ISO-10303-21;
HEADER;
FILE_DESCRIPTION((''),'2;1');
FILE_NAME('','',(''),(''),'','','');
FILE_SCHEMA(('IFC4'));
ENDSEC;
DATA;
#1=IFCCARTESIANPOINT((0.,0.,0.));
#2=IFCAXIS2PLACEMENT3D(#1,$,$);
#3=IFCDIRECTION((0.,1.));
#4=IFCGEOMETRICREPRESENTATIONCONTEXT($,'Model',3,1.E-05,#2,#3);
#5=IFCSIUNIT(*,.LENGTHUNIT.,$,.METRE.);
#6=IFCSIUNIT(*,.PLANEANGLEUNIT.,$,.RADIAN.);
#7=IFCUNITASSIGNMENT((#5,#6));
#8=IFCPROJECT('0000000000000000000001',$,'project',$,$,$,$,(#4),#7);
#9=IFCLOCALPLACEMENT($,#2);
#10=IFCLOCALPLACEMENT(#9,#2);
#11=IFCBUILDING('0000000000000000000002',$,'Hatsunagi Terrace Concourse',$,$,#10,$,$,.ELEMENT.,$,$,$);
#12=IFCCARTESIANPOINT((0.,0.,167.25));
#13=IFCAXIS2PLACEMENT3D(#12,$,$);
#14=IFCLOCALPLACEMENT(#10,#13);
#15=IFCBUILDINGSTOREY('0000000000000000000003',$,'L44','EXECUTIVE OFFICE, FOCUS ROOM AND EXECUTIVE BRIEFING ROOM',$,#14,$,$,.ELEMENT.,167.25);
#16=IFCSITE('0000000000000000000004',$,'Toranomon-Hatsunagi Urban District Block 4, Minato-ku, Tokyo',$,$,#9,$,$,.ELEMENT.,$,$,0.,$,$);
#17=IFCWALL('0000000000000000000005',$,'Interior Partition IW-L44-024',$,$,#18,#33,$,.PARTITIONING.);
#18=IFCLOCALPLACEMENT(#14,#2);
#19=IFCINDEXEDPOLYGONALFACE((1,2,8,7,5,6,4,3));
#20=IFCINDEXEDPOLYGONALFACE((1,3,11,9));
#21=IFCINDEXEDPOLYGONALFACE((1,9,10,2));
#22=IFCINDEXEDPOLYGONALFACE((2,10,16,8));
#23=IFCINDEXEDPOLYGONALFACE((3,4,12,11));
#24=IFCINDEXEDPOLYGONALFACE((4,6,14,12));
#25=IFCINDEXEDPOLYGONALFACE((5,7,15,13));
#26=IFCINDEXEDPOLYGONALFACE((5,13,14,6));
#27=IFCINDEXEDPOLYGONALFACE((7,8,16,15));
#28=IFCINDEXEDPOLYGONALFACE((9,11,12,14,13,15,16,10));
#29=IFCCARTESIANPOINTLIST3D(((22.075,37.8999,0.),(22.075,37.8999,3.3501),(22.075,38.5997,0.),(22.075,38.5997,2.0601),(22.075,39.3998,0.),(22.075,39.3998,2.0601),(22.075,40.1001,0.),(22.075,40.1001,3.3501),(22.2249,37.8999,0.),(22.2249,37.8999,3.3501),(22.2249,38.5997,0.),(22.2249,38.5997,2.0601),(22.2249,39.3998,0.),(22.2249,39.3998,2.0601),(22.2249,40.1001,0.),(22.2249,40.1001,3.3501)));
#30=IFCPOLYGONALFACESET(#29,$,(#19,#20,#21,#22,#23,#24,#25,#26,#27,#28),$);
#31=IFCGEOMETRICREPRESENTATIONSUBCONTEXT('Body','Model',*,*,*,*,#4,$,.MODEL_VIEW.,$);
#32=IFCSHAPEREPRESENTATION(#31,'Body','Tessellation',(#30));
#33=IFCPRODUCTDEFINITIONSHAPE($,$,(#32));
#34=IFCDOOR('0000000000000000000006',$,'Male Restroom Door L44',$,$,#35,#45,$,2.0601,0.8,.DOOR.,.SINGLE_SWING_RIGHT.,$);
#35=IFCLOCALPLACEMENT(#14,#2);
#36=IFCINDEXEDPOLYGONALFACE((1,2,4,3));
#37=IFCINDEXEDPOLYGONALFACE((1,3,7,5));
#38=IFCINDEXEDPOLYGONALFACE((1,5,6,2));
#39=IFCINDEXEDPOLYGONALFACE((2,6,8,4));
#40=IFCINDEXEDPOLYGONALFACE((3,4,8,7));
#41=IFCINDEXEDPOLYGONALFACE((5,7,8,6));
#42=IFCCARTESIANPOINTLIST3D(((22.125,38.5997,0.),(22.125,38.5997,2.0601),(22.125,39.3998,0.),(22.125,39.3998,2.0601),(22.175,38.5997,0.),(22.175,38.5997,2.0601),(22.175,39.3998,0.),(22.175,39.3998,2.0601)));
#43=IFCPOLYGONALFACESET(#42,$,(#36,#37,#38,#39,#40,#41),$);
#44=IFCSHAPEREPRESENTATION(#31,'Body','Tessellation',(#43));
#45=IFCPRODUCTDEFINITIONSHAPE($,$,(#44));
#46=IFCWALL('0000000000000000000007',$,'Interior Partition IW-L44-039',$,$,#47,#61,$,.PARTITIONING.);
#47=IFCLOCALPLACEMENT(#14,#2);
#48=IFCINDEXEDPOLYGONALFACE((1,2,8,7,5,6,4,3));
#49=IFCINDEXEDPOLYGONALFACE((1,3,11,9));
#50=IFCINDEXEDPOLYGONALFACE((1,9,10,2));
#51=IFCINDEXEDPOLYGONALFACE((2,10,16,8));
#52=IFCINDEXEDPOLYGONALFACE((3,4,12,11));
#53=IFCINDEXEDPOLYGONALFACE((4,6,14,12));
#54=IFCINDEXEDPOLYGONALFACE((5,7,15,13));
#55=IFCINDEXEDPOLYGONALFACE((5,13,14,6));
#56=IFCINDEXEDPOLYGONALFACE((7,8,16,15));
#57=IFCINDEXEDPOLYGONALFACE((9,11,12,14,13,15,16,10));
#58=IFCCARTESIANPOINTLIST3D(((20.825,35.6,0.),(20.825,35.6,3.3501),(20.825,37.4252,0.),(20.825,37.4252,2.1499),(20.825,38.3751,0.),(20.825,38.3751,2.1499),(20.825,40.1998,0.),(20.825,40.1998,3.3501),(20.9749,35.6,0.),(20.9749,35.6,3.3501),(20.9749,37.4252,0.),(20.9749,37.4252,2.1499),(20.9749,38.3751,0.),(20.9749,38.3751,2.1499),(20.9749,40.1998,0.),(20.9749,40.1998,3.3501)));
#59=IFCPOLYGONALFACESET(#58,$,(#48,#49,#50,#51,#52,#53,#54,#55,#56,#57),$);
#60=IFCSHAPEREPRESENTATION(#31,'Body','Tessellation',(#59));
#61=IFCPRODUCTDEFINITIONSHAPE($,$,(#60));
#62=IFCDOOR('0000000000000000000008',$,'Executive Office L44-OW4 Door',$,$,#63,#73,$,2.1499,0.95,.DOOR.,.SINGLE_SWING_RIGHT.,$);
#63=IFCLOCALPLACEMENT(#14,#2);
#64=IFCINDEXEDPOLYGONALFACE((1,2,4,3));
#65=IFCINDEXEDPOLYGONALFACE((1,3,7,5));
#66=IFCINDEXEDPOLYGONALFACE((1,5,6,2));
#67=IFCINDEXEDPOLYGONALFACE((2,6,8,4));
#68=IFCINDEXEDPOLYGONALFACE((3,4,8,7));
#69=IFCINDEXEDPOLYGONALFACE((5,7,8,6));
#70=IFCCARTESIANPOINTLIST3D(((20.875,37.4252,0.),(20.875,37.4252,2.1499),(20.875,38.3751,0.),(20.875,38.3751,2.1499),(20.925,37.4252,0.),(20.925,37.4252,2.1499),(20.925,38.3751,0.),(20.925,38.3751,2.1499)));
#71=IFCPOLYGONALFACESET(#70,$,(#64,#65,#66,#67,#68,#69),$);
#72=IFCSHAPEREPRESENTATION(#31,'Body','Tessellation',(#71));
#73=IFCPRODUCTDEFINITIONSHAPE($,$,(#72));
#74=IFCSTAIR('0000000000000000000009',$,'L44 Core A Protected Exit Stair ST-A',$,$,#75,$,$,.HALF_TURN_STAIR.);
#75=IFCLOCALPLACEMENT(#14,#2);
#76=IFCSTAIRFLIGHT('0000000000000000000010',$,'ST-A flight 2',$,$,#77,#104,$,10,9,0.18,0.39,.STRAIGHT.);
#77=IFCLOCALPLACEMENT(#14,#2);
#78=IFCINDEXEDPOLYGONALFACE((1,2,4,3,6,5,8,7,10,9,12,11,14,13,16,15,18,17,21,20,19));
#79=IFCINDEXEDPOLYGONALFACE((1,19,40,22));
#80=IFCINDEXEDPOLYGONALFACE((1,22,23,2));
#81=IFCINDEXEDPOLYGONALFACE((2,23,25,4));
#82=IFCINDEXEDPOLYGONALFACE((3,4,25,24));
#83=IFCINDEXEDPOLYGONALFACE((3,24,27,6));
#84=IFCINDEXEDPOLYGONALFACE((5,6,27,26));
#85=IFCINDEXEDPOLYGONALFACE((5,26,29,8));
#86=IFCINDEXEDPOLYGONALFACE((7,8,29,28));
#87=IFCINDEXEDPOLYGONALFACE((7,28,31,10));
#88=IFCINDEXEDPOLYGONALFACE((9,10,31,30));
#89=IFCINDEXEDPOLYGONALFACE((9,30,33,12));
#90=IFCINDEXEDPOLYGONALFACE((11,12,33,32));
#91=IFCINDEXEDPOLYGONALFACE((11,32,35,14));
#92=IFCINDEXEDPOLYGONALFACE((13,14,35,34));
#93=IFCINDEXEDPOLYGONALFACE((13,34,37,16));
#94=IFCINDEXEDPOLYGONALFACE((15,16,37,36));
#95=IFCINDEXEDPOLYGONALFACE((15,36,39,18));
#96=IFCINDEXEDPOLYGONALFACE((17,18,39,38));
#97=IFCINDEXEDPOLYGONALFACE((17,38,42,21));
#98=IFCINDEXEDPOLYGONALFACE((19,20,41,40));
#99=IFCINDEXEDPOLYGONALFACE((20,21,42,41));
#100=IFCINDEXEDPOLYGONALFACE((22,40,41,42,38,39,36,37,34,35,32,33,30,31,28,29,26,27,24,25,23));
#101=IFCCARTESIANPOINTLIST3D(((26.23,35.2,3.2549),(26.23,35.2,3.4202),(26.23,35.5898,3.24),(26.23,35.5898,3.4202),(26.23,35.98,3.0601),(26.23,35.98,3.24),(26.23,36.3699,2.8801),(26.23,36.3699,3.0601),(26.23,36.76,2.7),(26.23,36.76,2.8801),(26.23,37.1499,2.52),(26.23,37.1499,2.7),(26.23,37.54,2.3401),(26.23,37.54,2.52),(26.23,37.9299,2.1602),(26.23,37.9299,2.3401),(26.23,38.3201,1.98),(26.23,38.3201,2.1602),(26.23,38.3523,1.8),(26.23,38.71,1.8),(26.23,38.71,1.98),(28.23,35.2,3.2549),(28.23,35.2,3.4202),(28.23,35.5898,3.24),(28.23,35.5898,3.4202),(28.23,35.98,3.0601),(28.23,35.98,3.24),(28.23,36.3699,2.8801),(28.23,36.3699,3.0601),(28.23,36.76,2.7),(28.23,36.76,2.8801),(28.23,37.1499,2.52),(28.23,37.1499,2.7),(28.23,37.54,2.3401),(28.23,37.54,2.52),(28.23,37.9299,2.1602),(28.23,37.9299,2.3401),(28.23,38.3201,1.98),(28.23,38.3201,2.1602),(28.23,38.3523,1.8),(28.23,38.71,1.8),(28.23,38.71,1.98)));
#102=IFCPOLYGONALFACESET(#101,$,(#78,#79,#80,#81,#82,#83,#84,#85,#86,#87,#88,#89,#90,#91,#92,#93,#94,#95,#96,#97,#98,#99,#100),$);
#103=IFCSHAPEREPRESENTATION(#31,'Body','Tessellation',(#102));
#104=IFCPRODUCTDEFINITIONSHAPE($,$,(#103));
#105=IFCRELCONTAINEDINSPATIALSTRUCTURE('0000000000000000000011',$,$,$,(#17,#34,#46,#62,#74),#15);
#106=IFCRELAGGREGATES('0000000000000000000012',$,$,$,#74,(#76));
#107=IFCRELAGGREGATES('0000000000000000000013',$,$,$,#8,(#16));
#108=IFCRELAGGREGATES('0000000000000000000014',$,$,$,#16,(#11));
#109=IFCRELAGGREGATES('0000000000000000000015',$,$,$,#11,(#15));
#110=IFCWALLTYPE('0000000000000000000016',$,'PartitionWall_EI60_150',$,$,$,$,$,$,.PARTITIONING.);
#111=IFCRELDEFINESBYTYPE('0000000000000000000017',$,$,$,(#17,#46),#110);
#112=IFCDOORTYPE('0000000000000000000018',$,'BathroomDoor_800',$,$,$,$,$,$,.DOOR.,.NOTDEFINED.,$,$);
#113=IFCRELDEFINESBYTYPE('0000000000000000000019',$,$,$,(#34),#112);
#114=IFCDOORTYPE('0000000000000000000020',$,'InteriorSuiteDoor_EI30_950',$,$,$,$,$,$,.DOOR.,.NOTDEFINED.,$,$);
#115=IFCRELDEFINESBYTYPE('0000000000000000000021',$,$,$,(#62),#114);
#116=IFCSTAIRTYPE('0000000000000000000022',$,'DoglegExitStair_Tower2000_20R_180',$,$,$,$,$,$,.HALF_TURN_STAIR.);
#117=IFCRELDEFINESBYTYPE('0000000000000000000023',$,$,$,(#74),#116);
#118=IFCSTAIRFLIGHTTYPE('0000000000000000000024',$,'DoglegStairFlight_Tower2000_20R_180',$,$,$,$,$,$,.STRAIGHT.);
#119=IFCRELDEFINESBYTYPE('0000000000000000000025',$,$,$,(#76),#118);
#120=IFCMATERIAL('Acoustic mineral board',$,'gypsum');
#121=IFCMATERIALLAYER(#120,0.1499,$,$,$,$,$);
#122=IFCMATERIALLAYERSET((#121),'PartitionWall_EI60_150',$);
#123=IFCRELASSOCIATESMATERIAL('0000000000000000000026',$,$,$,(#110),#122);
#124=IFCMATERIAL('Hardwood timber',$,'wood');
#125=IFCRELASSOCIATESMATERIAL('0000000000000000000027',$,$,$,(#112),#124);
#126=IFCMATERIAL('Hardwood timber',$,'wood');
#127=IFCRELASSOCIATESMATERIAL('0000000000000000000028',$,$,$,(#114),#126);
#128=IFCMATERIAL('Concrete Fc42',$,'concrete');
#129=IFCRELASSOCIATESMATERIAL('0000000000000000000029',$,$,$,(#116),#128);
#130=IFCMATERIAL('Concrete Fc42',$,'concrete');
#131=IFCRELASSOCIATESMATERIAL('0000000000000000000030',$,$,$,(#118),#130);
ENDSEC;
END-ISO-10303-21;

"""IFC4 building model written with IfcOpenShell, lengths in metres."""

from ifc_helpers import new_model, si_unit, direction, frame, frame_2d, origin, place, context, subcontext, project, spatial, polyline, rectangle, outline, extrude, material, layer, layer_set, type_object, element, fill, aggregate, save


model = new_model("IFC4")

# Units and contexts
model_context = context("Model", 3, precision=1e-05, world=origin(), true_north=direction((0.0, 1.0)))
body_context = subcontext(model_context, "Body", "Model", "MODEL_VIEW")
ifc_project = project(units=[si_unit("LENGTHUNIT", "METRE"), si_unit("PLANEANGLEUNIT", "RADIAN")], contexts=[model_context])

# Site, building, storey
site_placement = place(None, origin())
site = spatial("IfcSite", under=ifc_project, at=site_placement, Name="Toranomon-Hatsunagi Urban District Block 4, Minato-ku, Tokyo", CompositionType="ELEMENT", RefElevation=0.0)
building_placement = place(site_placement, origin())
building = spatial("IfcBuilding", under=site, at=building_placement, Name="Hatsunagi Terrace Concourse", CompositionType="ELEMENT")
storey_placement = place(building_placement, frame((0.0, 0.0, 167.25)))
storey = spatial("IfcBuildingStorey", under=building, at=storey_placement, Name="L44", Description="EXECUTIVE OFFICE, FOCUS ROOM AND EXECUTIVE BRIEFING ROOM", CompositionType="ELEMENT", Elevation=167.25)

# Shared definitions
ifc_material_1 = material(Name="Acoustic mineral board", Category="gypsum")
ifc_layer_1 = layer(ifc_material_1, 0.1499)
ifc_layer_set_1 = layer_set([ifc_layer_1], Name="PartitionWall_EI60_150")
wall_type_1 = type_object("IfcWallType", Name="PartitionWall_EI60_150", PredefinedType="PARTITIONING", material=ifc_layer_set_1)

# Walls, openings, doors
ifc_material_2 = material(Name="Hardwood timber", Category="wood")
door_type_1 = type_object("IfcDoorType", Name="BathroomDoor_800", OperationType="NOTDEFINED", PredefinedType="DOOR", material=ifc_material_2)
wall_1_placement = place(storey_placement, frame((22.1499, 37.8999, 0.0), z_axis=(0.0, 0.0, 1.0), x_axis=(0.0, 1.0, 0.0)))
wall_1 = element("IfcWall", 1, at=wall_1_placement, inside=storey, type_object=wall_type_1, Name="Interior Partition IW-L44-024", PredefinedType="PARTITIONING", context=body_context, shape_type="SweptSolid", body=[
    extrude(rectangle(XDim=2.2002, YDim=0.1499, at=frame_2d((1.1001, 0.0))), origin(), (0.0, 0.0, 1.0), 3.3501),
])
opening_1_placement = place(wall_1_placement, frame((0.7, 0.0, 0.0)))
opening_1 = element("IfcOpeningElement", 2, at=opening_1_placement, cuts=wall_1, PredefinedType="OPENING", context=body_context, shape_type="SweptSolid", body=[
    extrude(rectangle(XDim=0.8, YDim=2.0601, at=frame_2d((0.3999, 1.03))), frame((0.0, 0.085, 0.0), z_axis=(0.0, -1.0, 0.0), x_axis=(1.0, 0.0, 0.0)), (0.0, 0.0, 1.0), 0.1699),
])
door_1_placement = place(opening_1_placement, origin())
door_1 = element("IfcDoor", 3, at=door_1_placement, inside=storey, type_object=door_type_1, Name="Male Restroom Door L44", OperationType="SINGLE_SWING_RIGHT", OverallHeight=2.0601, OverallWidth=0.8, PredefinedType="DOOR", context=body_context, shape_type="SweptSolid", body=[
    extrude(rectangle(XDim=0.8, YDim=2.0601, at=frame_2d((0.3999, 1.03))), frame((0.0, 0.0249, 0.0), z_axis=(0.0, -1.0, 0.0), x_axis=(1.0, 0.0, 0.0)), (0.0, 0.0, 1.0), 0.05),
])
fill(opening_1, door_1)
wall_2_placement = place(storey_placement, frame((20.8999, 35.6001, 0.0), z_axis=(0.0, 0.0, 1.0), x_axis=(0.0, 1.0, 0.0)))
wall_2 = element("IfcWall", 4, at=wall_2_placement, inside=storey, type_object=wall_type_1, Name="Interior Partition IW-L44-039", PredefinedType="PARTITIONING", context=body_context, shape_type="SweptSolid", body=[
    extrude(rectangle(XDim=4.5999, YDim=0.1499, at=frame_2d((2.2998, 0.0))), origin(), (0.0, 0.0, 1.0), 3.3501),
])
opening_2_placement = place(wall_2_placement, frame((1.825, 0.0, 0.0)))
opening_2 = element("IfcOpeningElement", 5, at=opening_2_placement, cuts=wall_2, PredefinedType="OPENING", context=body_context, shape_type="SweptSolid", body=[
    extrude(rectangle(XDim=0.95, YDim=2.1499, at=frame_2d((0.4751, 1.075))), frame((0.0, 0.085, 0.0), z_axis=(0.0, -1.0, 0.0), x_axis=(1.0, 0.0, 0.0)), (0.0, 0.0, 1.0), 0.1699),
])
ifc_material_3 = material(Name="Hardwood timber", Category="wood")
door_type_2 = type_object("IfcDoorType", Name="InteriorSuiteDoor_EI30_950", OperationType="NOTDEFINED", PredefinedType="DOOR", material=ifc_material_3)
door_2_placement = place(opening_2_placement, origin())
door_2 = element("IfcDoor", 6, at=door_2_placement, inside=storey, type_object=door_type_2, Name="Executive Office L44-OW4 Door", OperationType="SINGLE_SWING_RIGHT", OverallHeight=2.1499, OverallWidth=0.95, PredefinedType="DOOR", context=body_context, shape_type="SweptSolid", body=[
    extrude(rectangle(XDim=0.95, YDim=2.1499, at=frame_2d((0.4751, 1.075))), frame((0.0, 0.0249, 0.0), z_axis=(0.0, -1.0, 0.0), x_axis=(1.0, 0.0, 0.0)), (0.0, 0.0, 1.0), 0.05),
])
fill(opening_2, door_2)

# Stair, stair flight
ifc_material_4 = material(Name="Concrete Fc42", Category="concrete")
stair_type = type_object("IfcStairType", Name="DoglegExitStair_Tower2000_20R_180", PredefinedType="HALF_TURN_STAIR", material=ifc_material_4)
stair_placement = place(storey_placement, origin())
stair = element("IfcStair", 7, at=stair_placement, inside=storey, type_object=stair_type, Name="L44 Core A Protected Exit Stair ST-A", PredefinedType="HALF_TURN_STAIR")
ifc_material_5 = material(Name="Concrete Fc42", Category="concrete")
stair_flight_type = type_object("IfcStairFlightType", Name="DoglegStairFlight_Tower2000_20R_180", PredefinedType="STRAIGHT", material=ifc_material_5)
stair_flight_placement = place(storey_placement, frame((27.23, 38.71, 1.8), z_axis=(0.0, 0.0, 1.0), x_axis=(0.0, -1.0, 0.0)))
stair_flight = element("IfcStairFlight", 8, at=stair_flight_placement, type_object=stair_flight_type, Name="ST-A flight 2", NumberOfRisers=10, NumberOfTreads=9, PredefinedType="STRAIGHT", RiserHeight=0.18, TreadLength=0.39, context=body_context, shape_type="SweptSolid", body=[
    extrude(outline(polyline([(0.0, 0.0), (0.0, 0.1799), (0.3899, 0.1799), (0.3899, 0.3601), (0.78, 0.3601), (0.78, 0.54), (1.1699, 0.54), (1.1699, 0.72), (1.5601, 0.72), (1.5601, 0.8999), (1.95, 0.8999), (1.95, 1.0801), (2.3401, 1.0801), (2.3401, 1.26), (2.73, 1.26), (2.73, 1.4399), (3.1201, 1.4399), (3.1201, 1.6201), (3.51, 1.6201), (3.51, 1.8), (3.51, 1.4548), (0.3577, 0.0), (0.0, 0.0)])), frame((0.0, 1.0, 0.0), z_axis=(0.0, -1.0, 0.0), x_axis=(1.0, 0.0, 0.0)), (0.0, 0.0, 1.0), 2.0),
])
aggregate(stair, [stair_flight])

save(model, "model.ifc")
